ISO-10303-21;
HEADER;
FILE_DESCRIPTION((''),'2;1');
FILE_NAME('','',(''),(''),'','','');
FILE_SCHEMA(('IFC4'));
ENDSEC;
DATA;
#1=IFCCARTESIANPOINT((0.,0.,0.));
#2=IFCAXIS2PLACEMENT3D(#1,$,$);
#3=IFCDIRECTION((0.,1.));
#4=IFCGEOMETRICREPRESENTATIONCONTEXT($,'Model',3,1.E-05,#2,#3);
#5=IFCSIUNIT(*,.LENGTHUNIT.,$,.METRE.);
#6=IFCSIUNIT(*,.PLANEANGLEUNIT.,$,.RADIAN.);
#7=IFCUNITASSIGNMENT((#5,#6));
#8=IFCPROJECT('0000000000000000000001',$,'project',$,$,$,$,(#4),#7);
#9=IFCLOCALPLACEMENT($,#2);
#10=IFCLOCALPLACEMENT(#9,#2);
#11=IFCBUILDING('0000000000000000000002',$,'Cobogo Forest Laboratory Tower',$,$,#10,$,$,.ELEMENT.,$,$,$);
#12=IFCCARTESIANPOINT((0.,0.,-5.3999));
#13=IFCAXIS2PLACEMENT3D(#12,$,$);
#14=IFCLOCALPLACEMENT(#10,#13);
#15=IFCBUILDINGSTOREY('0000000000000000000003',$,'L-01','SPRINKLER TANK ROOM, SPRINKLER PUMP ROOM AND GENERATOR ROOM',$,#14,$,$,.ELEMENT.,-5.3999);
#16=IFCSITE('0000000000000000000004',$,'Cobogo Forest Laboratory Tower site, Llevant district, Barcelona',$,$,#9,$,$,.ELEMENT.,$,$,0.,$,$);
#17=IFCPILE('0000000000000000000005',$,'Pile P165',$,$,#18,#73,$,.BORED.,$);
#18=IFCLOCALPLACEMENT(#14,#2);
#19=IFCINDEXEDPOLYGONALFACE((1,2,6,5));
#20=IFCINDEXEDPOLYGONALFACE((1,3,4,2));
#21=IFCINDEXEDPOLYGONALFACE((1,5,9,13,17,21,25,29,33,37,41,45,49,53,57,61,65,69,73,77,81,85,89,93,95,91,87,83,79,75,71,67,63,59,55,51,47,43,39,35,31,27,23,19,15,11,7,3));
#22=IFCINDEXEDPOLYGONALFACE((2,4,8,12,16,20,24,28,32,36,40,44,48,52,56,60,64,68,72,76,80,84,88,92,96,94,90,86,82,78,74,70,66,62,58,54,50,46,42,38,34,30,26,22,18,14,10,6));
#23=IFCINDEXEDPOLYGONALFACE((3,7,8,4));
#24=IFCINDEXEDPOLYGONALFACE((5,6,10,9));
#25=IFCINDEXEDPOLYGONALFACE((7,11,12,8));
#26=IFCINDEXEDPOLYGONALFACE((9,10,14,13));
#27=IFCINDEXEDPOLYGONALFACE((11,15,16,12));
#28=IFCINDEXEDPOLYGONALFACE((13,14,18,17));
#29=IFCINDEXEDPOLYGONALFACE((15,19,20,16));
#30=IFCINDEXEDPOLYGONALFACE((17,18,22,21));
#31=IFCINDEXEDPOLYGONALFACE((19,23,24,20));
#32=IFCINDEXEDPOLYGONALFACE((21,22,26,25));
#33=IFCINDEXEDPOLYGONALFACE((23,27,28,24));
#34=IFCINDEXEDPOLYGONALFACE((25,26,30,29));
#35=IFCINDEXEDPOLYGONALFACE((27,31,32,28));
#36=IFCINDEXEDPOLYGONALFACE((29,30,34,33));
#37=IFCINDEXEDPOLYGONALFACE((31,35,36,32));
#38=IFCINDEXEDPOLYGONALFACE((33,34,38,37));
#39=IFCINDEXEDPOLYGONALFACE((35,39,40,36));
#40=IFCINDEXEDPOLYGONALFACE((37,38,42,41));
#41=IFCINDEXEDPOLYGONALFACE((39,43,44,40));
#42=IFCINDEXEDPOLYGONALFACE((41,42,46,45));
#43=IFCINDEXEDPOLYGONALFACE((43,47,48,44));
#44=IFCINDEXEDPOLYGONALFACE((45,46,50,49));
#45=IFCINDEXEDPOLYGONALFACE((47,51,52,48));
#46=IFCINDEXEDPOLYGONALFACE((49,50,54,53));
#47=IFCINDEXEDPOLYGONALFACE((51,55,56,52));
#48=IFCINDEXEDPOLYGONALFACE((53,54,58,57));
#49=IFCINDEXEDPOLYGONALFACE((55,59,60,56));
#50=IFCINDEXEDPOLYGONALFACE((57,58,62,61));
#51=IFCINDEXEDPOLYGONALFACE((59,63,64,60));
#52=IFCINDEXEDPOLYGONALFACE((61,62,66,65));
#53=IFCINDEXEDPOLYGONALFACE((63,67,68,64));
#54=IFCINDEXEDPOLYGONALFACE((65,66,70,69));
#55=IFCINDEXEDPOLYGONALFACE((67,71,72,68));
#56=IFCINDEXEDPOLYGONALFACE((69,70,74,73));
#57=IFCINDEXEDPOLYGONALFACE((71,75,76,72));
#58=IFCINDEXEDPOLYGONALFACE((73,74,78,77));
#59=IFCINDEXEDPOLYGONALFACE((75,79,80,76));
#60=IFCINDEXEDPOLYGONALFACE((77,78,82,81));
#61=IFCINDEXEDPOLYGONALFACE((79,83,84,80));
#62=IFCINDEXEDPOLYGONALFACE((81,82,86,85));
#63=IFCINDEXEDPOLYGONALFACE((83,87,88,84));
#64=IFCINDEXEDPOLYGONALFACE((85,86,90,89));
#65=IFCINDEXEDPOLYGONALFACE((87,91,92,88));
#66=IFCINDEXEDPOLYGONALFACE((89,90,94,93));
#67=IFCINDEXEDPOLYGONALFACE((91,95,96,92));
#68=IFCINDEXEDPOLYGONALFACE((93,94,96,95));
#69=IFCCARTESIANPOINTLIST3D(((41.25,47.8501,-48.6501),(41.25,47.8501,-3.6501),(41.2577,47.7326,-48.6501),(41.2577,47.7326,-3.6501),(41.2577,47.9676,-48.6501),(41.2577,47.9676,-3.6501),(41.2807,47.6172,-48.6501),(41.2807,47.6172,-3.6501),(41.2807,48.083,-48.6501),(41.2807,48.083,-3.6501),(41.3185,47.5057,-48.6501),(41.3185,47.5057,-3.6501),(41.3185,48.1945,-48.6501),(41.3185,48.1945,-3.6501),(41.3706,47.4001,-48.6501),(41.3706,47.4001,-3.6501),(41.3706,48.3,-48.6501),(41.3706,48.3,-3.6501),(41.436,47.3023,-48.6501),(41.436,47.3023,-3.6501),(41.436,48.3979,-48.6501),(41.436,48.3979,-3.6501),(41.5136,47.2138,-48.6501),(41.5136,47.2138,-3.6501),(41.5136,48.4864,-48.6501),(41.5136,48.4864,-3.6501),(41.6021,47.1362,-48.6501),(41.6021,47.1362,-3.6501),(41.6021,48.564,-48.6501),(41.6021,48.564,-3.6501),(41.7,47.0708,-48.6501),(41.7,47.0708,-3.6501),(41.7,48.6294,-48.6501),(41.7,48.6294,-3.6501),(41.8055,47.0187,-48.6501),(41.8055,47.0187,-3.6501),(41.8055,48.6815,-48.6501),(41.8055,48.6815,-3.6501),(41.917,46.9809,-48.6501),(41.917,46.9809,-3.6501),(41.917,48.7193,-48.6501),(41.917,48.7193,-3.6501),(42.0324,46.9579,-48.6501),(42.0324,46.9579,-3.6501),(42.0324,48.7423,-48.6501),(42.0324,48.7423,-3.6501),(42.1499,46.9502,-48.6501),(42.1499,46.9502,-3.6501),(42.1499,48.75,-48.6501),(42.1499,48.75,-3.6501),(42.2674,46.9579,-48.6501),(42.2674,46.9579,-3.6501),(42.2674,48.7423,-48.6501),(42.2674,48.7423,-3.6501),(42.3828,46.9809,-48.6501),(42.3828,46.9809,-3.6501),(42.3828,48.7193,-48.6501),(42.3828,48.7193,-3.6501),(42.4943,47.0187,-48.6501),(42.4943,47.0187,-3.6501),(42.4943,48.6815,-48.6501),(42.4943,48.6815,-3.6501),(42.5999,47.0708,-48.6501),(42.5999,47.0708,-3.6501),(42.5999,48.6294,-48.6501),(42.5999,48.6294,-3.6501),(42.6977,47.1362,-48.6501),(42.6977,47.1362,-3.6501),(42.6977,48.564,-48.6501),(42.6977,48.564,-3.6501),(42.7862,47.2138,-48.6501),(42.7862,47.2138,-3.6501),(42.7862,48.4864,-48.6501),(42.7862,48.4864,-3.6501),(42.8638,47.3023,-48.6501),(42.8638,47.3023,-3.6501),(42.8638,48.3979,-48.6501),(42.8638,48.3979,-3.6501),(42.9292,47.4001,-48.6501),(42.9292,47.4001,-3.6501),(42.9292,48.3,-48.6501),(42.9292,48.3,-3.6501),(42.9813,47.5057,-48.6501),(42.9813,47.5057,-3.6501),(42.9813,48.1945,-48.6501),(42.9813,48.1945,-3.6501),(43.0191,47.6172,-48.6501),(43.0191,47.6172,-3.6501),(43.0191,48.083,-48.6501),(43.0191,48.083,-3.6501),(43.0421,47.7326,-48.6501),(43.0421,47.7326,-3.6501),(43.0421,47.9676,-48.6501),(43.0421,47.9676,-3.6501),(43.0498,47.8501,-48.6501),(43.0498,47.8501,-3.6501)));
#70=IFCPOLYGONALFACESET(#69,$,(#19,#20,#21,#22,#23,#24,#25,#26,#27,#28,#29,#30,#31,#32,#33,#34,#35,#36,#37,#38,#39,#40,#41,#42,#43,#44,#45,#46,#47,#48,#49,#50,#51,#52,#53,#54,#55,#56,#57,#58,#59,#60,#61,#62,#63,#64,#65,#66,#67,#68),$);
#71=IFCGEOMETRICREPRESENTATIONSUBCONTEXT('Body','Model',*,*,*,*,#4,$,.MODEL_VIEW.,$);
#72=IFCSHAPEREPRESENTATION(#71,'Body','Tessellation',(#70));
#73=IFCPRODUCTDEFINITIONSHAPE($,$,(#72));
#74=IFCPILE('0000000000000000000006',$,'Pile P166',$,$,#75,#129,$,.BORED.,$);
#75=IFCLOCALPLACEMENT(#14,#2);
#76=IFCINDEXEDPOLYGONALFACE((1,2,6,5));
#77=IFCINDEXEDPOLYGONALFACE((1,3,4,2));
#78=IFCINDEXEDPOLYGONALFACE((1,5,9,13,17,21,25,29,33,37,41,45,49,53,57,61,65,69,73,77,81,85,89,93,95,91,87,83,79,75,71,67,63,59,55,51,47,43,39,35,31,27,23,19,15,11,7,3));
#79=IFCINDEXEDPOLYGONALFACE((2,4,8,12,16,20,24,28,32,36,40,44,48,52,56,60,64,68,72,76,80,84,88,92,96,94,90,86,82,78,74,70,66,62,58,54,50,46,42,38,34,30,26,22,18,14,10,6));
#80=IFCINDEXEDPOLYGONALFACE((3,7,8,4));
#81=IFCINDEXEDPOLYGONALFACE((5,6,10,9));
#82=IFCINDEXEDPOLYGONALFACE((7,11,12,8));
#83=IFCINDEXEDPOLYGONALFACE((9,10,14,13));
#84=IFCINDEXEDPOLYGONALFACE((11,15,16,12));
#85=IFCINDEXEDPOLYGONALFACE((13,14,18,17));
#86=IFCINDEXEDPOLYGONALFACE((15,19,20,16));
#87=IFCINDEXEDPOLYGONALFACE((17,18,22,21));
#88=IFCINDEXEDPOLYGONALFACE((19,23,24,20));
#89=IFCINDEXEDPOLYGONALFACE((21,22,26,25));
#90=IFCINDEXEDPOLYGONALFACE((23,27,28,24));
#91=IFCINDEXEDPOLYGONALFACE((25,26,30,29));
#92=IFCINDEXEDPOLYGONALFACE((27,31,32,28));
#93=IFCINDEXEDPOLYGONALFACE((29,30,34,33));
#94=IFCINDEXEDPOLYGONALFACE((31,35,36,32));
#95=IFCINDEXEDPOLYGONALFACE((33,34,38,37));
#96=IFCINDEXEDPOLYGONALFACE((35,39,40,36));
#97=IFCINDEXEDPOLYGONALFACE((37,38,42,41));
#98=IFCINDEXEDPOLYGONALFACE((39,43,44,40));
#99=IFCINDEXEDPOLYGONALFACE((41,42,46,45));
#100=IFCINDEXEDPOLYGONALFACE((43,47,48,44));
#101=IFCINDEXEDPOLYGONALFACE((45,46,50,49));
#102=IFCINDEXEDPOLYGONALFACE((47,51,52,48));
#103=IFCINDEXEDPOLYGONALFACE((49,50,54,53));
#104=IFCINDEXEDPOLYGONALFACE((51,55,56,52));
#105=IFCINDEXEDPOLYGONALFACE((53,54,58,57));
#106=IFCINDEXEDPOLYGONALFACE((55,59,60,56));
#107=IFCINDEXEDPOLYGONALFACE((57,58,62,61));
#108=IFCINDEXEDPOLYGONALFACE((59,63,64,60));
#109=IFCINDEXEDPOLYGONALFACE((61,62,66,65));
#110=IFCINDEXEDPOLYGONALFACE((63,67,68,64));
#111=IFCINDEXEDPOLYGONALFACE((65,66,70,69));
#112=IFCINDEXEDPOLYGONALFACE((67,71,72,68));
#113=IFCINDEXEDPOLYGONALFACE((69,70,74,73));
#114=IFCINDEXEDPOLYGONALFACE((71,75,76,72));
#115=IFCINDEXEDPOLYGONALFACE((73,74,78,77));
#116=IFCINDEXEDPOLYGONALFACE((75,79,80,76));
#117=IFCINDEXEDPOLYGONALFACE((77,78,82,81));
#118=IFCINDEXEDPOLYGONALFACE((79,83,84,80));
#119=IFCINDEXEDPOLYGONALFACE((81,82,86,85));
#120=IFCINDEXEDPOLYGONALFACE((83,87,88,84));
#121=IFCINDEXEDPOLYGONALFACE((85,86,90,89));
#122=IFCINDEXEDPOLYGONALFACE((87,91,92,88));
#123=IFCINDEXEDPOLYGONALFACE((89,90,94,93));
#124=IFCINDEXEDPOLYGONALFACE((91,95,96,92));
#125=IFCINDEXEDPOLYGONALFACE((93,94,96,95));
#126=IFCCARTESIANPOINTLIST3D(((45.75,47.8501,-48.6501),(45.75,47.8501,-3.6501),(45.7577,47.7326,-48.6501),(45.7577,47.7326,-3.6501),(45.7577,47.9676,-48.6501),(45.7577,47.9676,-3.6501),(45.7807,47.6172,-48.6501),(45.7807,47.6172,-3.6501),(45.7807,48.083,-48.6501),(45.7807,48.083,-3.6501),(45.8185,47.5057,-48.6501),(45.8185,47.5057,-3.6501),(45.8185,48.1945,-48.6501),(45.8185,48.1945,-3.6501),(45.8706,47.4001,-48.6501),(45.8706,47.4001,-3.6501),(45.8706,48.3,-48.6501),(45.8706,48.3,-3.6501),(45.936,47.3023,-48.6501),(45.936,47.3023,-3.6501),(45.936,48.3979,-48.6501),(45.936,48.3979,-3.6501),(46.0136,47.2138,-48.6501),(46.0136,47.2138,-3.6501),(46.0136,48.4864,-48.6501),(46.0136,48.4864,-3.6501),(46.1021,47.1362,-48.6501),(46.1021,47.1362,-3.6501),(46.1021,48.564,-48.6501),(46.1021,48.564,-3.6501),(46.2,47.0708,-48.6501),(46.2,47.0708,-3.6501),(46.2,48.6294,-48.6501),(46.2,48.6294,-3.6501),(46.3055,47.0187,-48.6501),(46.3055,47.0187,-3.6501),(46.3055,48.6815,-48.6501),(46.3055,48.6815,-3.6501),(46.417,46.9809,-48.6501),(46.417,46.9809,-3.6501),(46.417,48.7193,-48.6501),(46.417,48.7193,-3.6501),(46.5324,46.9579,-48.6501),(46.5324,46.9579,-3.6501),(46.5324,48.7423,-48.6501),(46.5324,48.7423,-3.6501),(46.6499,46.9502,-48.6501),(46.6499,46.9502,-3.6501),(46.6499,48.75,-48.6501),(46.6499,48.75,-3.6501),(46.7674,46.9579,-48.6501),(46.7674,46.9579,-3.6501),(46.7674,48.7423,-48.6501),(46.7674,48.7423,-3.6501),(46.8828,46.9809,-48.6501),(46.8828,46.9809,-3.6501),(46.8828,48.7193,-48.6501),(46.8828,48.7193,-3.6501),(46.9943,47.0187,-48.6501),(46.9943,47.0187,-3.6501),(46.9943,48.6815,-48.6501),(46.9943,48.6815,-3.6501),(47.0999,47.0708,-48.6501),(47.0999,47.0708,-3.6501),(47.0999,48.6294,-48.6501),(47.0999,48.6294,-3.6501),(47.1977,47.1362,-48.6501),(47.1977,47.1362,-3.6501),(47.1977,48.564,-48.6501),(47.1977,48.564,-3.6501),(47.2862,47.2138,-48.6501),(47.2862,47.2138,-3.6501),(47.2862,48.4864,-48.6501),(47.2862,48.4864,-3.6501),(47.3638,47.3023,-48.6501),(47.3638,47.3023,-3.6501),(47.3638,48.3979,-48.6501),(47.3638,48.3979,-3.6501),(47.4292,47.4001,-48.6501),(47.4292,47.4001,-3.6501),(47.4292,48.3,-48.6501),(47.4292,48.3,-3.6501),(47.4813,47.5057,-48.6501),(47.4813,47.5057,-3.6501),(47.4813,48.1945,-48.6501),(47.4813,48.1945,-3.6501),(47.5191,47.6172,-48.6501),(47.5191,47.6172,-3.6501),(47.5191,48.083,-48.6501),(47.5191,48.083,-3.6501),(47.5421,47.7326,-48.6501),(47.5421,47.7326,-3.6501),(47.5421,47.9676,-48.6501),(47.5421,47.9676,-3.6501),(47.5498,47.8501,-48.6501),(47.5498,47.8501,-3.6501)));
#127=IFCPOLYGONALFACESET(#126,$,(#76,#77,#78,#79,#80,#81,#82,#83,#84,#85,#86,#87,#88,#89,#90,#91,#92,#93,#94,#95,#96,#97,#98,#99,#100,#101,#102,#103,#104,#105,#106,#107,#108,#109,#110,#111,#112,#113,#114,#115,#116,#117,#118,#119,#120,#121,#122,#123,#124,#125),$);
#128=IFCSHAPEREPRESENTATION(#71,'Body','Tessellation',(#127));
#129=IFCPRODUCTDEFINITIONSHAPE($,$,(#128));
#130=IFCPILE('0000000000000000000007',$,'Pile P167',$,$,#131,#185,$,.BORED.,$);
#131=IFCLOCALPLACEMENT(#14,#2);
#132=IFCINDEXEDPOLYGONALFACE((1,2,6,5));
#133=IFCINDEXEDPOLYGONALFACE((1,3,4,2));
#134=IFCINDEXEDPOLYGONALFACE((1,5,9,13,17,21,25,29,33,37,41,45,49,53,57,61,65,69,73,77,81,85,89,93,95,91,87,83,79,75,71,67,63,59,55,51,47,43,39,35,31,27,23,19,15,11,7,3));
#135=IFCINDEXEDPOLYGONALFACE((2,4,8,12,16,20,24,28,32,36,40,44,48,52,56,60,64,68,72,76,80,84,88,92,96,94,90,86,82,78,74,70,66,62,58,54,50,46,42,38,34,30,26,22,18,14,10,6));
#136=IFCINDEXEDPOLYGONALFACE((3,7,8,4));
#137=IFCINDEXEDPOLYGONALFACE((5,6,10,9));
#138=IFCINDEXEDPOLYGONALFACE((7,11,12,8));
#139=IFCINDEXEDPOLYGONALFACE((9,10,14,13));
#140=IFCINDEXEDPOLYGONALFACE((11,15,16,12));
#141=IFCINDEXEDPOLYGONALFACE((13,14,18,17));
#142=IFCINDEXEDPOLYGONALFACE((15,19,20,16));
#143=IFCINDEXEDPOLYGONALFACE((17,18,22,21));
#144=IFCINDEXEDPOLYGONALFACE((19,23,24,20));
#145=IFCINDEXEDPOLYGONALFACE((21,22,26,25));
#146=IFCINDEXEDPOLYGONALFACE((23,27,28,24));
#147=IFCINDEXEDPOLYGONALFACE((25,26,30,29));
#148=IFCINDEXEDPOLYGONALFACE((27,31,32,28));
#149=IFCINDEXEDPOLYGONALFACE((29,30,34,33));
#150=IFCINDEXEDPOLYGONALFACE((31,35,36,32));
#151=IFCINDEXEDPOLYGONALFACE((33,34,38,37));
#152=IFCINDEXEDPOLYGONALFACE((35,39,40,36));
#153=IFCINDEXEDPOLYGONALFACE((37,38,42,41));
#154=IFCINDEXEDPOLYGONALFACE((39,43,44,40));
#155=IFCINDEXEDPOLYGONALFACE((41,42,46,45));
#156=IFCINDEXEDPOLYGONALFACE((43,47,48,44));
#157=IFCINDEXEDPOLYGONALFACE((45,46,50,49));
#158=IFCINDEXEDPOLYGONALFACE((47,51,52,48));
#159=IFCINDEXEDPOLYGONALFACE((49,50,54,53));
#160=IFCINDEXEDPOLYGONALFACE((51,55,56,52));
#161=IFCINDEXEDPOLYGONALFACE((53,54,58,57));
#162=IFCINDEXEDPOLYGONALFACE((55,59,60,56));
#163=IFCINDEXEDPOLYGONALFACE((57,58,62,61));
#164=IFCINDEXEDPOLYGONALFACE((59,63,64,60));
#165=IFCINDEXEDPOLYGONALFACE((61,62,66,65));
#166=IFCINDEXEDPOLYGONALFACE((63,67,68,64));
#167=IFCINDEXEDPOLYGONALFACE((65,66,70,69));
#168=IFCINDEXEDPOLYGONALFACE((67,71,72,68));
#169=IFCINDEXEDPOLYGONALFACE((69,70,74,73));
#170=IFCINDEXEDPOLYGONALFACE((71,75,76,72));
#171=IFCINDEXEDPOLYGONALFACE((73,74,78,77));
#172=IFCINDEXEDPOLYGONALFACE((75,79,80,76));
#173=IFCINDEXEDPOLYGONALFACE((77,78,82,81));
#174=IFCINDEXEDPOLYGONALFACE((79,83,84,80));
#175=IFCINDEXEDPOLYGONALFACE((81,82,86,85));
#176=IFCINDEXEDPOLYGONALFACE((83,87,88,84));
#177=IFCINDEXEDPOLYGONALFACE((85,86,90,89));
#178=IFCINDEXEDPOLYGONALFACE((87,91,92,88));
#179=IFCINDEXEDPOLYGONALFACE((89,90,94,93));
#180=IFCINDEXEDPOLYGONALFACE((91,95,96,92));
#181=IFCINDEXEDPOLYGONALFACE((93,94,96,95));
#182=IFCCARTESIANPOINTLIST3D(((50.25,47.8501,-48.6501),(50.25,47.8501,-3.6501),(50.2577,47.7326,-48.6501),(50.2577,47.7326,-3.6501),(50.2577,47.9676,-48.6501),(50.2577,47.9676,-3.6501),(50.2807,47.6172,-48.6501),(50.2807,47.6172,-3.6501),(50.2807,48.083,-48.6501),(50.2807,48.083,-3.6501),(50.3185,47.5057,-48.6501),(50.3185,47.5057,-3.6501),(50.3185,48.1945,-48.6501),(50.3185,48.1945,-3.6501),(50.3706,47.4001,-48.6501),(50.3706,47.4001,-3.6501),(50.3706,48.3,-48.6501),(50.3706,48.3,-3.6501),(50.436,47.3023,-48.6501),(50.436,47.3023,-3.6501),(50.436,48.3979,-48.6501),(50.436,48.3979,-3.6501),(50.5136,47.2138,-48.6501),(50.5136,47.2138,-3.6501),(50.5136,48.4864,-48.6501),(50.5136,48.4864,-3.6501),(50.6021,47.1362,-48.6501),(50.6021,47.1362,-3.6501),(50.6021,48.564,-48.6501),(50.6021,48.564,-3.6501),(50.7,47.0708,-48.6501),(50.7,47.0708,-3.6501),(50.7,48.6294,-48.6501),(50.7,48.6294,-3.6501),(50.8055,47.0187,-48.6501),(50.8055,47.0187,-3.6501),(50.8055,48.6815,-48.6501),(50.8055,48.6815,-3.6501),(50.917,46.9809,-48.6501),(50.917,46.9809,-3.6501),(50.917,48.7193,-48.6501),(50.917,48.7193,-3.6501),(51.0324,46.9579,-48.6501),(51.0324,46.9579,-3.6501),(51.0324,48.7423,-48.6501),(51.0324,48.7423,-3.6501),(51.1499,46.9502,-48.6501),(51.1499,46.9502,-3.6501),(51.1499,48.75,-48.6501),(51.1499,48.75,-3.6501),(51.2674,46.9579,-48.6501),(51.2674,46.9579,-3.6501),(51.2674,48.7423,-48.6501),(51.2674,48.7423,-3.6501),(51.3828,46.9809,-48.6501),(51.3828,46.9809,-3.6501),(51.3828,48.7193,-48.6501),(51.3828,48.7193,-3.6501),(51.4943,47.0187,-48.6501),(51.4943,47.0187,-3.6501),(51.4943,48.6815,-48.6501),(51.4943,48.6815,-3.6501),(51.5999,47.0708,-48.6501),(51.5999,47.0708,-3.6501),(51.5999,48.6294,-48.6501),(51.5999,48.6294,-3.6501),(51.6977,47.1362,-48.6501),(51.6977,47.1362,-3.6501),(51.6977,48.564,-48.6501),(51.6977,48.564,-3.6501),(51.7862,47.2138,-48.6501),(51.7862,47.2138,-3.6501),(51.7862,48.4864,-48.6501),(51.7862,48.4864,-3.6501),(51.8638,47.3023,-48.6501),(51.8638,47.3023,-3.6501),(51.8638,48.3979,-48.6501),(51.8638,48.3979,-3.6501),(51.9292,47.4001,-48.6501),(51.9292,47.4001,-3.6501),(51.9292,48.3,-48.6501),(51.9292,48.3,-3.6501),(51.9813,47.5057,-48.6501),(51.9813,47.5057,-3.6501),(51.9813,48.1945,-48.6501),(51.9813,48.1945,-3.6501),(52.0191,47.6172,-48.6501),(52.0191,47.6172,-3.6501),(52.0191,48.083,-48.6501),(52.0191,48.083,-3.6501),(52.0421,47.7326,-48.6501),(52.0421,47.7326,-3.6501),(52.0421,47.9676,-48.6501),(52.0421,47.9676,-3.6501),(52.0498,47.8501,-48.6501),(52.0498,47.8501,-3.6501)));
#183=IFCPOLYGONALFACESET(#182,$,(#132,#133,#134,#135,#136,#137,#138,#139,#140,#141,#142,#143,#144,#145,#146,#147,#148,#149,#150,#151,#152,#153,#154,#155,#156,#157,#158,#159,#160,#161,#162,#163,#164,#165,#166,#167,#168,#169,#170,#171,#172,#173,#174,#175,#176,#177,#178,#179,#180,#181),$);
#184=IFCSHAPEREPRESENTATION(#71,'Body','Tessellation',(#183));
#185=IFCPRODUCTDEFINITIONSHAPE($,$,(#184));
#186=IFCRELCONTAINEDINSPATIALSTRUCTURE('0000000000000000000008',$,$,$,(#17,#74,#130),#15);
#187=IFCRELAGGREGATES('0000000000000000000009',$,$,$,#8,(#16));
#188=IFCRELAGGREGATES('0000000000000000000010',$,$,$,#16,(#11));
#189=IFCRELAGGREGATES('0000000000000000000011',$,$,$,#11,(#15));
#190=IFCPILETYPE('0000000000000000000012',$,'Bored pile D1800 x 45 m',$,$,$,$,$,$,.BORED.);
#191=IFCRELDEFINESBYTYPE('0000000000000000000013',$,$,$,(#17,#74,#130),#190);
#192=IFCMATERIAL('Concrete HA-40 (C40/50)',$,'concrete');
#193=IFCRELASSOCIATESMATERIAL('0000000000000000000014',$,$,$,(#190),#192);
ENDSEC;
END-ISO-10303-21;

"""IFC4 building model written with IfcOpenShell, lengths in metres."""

from ifc_helpers import new_model, si_unit, direction, frame, origin, origin_2d, place, context, subcontext, project, spatial, circle, extrude, material, material_profile, profile_set, type_object, element, save


model = new_model("IFC4")

# Units and contexts
model_context = context("Model", 3, precision=1e-05, world=origin(), true_north=direction((0.0, 1.0)))
body_context = subcontext(model_context, "Body", "Model", "MODEL_VIEW")
ifc_project = project(units=[si_unit("LENGTHUNIT", "METRE"), si_unit("PLANEANGLEUNIT", "RADIAN")], contexts=[model_context])

# Site, building, storey
site_placement = place(None, origin())
site = spatial("IfcSite", under=ifc_project, at=site_placement, Name="Cobogo Forest Laboratory Tower site, Llevant district, Barcelona", CompositionType="ELEMENT", RefElevation=0.0)
building_placement = place(site_placement, origin())
building = spatial("IfcBuilding", under=site, at=building_placement, Name="Cobogo Forest Laboratory Tower", CompositionType="ELEMENT")
storey_placement = place(building_placement, frame((0.0, 0.0, -5.3999)))
storey = spatial("IfcBuildingStorey", under=building, at=storey_placement, Name="L-01", Description="SPRINKLER TANK ROOM, SPRINKLER PUMP ROOM AND GENERATOR ROOM", CompositionType="ELEMENT", Elevation=-5.3999)

# Piles
ifc_material_1 = material(Name="Concrete HA-40 (C40/50)", Category="concrete")
ifc_material_profile_1 = material_profile(ifc_material_1, circle(Radius=0.8999, at=origin_2d()), Name="PILE D1800")
ifc_profile_set_1 = profile_set([ifc_material_profile_1], Name="Concrete HA-40 (C40/50)")
pile_type_1 = type_object("IfcPileType", Name="Bored pile D1800 x 45 m", PredefinedType="BORED", material=ifc_profile_set_1)
for number, where, z_axis, x_axis, name in (
    (1, (42.1499, 47.8501, -3.6501), (0.0, 0.0, -1.0), (1.0, 0.0, 0.0), "Pile P165"),
    (2, (46.6499, 47.8501, -3.6501), (0.0, 0.0, -1.0), (1.0, 0.0, 0.0), "Pile P166"),
    (3, (51.1499, 47.8501, -3.6501), (0.0, 0.0, -1.0), (1.0, 0.0, 0.0), "Pile P167"),
):
    element("IfcPile", number, at=place(storey_placement, frame(where, z_axis=z_axis, x_axis=x_axis)), inside=storey, type_object=pile_type_1, Name=name, PredefinedType="BORED", context=body_context, shape_type="SweptSolid", body=[
        extrude(circle(Radius=0.8999, at=origin_2d()), origin(), (0.0, 0.0, 1.0), 45.0),
    ])

save(model, "model.ifc")
